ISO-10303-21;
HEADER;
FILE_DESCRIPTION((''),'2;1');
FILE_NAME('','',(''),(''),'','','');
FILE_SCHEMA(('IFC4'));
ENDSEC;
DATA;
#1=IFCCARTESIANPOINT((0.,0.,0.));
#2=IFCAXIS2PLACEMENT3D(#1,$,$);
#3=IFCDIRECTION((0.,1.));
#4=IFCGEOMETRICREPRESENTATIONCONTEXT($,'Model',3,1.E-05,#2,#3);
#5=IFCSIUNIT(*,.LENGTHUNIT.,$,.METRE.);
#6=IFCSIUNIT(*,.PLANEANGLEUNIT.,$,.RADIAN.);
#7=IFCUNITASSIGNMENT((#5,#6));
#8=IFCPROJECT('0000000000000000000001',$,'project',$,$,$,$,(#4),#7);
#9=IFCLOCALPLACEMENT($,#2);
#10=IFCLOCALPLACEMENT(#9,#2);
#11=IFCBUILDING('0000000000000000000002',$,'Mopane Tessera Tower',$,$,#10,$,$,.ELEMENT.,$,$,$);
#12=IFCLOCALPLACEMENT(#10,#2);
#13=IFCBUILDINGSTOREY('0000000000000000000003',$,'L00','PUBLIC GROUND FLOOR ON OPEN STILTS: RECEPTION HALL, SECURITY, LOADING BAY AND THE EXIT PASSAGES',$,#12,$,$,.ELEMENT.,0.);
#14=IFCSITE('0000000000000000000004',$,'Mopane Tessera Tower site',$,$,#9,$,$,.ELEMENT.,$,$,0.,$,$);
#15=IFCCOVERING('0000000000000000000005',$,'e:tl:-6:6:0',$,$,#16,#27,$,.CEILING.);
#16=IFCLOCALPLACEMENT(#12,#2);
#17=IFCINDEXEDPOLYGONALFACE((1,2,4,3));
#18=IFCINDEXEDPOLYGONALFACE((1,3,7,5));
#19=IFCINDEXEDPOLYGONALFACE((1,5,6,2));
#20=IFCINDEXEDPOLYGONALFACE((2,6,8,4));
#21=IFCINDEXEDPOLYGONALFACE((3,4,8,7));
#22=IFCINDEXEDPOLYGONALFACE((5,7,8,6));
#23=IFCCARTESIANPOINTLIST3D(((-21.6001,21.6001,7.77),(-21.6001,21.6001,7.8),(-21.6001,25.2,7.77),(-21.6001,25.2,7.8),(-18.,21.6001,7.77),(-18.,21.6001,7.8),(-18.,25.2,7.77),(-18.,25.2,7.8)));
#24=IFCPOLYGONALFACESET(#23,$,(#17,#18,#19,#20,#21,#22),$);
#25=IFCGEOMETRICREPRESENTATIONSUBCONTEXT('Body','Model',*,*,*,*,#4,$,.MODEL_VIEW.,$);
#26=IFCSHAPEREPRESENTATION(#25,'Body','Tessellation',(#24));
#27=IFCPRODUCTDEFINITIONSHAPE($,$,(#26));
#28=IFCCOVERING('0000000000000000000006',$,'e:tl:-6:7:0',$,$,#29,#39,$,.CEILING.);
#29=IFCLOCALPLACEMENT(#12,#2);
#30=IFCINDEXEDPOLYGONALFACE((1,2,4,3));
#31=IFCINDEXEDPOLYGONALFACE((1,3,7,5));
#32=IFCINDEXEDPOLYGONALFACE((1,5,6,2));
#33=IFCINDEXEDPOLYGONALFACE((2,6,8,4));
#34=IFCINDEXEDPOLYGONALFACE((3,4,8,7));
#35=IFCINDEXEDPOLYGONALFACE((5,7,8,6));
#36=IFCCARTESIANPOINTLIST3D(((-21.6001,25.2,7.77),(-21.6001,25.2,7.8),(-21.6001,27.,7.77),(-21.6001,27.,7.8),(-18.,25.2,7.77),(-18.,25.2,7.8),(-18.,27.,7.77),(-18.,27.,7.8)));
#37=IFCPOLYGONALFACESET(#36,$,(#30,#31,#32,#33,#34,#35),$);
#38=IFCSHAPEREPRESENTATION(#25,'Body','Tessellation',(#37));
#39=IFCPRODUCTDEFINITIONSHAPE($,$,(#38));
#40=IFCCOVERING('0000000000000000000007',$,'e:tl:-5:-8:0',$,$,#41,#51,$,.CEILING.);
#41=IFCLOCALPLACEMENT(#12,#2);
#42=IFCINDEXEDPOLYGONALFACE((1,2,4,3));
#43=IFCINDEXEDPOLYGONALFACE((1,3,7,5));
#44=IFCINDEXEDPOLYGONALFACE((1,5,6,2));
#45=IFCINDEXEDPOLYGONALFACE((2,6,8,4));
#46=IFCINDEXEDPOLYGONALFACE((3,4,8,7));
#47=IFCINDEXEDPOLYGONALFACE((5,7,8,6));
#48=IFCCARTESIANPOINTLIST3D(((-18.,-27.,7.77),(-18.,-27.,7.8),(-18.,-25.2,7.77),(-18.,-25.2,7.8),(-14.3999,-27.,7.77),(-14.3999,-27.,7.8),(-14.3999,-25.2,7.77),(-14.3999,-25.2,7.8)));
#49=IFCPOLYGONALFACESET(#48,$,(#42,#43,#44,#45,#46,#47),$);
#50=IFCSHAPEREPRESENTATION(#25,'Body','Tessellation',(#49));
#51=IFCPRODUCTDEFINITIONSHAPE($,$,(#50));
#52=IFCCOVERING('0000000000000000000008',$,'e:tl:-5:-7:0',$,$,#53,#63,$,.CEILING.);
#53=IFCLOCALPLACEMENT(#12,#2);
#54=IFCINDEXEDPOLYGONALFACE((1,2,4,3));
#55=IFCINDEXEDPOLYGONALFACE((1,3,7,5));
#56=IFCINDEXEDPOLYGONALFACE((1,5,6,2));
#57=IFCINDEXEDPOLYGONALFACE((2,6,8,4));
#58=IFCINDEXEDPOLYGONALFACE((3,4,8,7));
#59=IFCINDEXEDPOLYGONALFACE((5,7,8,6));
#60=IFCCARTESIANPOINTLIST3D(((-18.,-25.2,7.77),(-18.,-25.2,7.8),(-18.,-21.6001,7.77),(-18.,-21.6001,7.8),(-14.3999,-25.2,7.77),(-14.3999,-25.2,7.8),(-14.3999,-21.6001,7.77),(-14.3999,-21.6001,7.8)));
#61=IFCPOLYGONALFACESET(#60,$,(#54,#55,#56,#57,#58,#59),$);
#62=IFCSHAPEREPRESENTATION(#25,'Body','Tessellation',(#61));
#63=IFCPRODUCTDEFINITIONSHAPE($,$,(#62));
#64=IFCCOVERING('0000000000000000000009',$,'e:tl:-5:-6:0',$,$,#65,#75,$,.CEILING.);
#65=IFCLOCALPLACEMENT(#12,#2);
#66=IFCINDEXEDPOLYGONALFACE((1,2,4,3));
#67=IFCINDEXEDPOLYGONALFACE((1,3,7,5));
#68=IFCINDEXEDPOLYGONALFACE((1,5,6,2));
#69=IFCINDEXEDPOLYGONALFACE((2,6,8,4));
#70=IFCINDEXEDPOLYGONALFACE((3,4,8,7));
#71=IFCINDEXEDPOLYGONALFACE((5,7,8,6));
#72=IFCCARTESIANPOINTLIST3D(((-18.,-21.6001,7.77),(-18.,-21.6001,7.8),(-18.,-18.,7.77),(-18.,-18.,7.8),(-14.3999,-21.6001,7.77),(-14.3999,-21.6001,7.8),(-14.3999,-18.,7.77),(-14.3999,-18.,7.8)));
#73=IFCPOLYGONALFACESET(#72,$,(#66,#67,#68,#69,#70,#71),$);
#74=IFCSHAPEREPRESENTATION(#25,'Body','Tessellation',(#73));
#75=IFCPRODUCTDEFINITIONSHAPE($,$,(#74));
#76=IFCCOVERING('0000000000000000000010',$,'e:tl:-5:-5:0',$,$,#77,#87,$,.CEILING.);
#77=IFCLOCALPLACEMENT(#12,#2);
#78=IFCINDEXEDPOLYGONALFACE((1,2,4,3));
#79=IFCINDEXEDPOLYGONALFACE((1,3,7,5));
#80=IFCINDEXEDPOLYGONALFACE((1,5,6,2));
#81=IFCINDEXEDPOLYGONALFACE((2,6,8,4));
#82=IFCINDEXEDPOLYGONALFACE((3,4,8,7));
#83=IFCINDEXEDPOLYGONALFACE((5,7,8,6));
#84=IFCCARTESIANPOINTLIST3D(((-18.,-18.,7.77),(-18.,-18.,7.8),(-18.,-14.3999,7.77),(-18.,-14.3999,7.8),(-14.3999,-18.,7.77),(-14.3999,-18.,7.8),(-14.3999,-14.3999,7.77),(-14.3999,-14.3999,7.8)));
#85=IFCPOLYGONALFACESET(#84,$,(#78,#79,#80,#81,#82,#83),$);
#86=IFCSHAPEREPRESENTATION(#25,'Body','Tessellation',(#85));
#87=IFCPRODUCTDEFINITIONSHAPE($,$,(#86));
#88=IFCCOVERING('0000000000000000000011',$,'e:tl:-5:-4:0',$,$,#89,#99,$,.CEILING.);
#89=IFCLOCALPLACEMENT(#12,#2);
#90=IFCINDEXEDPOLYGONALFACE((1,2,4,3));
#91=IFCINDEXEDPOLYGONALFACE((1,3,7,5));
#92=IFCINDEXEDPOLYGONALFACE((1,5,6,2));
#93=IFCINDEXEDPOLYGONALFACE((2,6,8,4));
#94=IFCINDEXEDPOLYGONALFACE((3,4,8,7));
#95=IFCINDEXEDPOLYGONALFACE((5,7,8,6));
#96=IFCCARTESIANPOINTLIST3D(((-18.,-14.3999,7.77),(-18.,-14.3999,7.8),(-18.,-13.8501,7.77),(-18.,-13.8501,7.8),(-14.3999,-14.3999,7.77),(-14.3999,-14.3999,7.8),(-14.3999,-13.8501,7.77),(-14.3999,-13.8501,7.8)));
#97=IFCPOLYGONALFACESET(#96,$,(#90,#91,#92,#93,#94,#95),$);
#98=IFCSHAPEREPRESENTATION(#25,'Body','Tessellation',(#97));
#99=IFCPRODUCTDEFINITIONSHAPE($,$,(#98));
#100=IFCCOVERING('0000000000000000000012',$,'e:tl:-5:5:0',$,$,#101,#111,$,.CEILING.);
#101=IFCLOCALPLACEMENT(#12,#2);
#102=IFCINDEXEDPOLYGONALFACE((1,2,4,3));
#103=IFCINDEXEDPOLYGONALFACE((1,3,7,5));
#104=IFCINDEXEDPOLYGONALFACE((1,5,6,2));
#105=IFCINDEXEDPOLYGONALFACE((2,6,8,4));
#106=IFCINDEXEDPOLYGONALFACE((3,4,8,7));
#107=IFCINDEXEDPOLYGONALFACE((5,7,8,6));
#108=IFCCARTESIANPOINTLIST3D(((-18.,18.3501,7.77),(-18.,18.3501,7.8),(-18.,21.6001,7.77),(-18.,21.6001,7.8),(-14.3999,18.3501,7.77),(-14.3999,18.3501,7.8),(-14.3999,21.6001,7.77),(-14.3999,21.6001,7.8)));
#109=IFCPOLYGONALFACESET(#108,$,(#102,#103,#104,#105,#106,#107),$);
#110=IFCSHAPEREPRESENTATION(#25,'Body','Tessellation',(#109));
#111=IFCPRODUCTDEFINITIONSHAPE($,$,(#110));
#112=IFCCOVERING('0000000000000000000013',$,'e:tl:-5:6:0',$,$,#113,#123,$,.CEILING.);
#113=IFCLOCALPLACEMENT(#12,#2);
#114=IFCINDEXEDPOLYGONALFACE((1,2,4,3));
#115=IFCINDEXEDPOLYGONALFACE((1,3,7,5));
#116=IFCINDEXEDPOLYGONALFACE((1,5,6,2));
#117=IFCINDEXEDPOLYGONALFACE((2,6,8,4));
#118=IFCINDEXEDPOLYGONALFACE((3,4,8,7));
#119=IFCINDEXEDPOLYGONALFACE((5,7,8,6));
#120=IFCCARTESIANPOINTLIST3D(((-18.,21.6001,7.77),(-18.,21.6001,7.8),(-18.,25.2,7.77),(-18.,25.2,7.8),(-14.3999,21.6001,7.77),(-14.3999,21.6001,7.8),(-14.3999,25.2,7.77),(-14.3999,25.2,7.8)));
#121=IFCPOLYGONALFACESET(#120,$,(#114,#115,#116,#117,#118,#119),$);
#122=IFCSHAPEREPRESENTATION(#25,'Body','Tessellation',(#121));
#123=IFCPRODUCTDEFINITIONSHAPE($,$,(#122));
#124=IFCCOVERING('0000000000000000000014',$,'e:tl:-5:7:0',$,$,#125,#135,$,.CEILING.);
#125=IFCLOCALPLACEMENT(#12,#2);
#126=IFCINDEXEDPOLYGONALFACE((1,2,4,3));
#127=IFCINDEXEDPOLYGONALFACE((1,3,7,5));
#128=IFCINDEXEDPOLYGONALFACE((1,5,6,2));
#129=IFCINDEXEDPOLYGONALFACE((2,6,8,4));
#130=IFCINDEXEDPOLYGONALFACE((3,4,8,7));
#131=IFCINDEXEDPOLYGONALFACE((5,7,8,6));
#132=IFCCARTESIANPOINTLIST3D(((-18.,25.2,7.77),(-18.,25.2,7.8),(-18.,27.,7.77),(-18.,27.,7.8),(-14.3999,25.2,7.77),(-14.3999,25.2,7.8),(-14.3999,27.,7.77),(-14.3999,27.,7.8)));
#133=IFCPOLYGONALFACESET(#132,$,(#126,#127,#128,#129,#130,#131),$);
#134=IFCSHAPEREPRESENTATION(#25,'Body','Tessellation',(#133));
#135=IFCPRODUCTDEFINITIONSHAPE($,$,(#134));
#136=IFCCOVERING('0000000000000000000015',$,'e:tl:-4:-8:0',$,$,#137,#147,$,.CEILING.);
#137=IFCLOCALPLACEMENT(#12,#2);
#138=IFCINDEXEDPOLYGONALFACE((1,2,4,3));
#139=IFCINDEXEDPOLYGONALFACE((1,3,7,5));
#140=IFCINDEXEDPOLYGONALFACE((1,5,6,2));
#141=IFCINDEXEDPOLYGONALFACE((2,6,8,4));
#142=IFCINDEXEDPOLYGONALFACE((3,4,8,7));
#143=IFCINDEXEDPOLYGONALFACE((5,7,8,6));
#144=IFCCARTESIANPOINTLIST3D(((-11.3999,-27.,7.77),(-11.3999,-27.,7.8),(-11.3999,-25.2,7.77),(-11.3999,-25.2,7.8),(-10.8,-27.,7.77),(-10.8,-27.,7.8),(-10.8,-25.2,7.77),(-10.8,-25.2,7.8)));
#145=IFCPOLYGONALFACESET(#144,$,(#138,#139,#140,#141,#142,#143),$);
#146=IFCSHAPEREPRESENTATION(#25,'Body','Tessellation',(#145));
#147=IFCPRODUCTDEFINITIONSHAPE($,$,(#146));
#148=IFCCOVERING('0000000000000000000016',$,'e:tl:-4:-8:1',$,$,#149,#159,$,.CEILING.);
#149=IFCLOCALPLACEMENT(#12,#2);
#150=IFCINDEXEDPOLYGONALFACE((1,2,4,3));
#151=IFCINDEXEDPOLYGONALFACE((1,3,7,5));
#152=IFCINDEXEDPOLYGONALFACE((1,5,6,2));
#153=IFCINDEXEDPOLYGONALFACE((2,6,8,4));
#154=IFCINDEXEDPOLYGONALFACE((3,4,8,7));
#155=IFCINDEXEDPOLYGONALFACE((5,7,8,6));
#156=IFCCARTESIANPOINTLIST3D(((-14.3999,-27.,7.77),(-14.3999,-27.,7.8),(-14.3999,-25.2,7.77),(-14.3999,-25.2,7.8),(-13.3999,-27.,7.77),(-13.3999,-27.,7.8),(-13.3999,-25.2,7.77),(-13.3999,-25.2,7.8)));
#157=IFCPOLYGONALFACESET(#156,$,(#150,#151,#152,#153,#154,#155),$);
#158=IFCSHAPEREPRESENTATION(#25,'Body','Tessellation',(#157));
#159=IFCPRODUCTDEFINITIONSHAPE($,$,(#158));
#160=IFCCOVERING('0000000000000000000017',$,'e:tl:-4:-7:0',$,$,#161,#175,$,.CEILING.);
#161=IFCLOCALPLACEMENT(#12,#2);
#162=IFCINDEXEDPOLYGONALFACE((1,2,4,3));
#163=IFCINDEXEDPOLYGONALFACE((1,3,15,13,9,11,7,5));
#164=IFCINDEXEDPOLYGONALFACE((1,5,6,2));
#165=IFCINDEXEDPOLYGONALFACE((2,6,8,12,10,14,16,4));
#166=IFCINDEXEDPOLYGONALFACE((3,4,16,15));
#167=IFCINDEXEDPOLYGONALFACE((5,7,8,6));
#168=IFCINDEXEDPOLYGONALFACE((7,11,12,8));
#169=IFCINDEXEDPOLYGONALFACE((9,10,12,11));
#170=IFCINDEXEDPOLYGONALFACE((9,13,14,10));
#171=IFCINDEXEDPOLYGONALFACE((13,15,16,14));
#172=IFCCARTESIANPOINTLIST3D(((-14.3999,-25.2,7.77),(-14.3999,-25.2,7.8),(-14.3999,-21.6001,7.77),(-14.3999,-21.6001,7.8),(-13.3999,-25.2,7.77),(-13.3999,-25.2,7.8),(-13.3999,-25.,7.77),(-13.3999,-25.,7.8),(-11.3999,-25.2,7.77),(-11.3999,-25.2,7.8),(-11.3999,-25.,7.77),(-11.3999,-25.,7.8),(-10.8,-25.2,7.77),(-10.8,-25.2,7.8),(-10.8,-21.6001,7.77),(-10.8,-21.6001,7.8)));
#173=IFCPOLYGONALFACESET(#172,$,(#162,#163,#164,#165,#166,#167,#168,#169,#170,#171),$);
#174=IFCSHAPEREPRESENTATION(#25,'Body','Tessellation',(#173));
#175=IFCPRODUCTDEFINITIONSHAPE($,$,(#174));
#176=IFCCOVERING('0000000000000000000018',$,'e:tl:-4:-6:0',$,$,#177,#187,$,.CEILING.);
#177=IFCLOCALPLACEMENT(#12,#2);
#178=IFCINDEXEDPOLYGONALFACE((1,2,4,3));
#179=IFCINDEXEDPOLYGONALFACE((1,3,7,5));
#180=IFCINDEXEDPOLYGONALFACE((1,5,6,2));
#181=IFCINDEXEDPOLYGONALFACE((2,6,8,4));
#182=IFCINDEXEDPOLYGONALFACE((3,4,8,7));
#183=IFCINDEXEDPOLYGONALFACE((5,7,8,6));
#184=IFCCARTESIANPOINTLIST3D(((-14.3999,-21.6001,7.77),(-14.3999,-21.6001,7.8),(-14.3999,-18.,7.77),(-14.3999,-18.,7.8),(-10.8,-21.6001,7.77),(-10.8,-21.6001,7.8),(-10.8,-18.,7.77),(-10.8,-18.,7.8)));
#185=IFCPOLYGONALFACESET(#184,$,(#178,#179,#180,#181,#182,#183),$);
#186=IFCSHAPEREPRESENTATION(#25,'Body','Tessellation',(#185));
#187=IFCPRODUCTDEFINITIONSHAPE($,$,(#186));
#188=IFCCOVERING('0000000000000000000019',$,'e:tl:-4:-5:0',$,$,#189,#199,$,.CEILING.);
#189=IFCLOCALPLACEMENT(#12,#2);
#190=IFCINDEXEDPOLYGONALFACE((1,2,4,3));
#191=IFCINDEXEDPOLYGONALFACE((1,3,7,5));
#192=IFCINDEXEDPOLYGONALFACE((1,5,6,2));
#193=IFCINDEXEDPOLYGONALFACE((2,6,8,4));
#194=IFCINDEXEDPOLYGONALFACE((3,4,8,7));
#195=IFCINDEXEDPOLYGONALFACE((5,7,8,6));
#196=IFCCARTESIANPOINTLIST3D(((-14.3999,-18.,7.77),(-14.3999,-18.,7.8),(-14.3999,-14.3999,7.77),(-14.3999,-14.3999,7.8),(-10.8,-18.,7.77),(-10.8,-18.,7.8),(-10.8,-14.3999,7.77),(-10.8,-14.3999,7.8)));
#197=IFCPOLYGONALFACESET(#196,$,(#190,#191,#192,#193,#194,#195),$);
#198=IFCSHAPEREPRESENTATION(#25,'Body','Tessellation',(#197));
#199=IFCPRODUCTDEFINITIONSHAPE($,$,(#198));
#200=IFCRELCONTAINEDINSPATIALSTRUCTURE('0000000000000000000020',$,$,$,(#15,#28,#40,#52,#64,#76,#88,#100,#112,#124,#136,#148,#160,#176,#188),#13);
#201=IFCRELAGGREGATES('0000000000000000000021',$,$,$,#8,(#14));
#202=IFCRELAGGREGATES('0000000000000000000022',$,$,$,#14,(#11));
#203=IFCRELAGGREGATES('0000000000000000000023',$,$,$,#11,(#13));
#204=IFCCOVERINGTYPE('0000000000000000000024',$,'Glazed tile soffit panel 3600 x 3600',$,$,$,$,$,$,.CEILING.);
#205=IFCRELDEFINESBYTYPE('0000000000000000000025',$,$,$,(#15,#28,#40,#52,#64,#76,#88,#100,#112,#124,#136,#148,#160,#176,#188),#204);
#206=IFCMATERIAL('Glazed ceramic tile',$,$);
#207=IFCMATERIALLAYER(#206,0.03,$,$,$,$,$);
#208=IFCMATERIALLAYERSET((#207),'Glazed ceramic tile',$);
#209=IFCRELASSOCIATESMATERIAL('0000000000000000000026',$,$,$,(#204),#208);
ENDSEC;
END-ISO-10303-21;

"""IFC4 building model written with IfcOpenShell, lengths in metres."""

from ifc_helpers import new_model, si_unit, direction, frame, origin, place, context, subcontext, project, spatial, polyline, outline, extrude, material, layer, layer_set, type_object, element, save


model = new_model("IFC4")

# Units and contexts
model_context = context("Model", 3, precision=1e-05, world=origin(), true_north=direction((0.0, 1.0)))
body_context = subcontext(model_context, "Body", "Model", "MODEL_VIEW")
ifc_project = project(units=[si_unit("LENGTHUNIT", "METRE"), si_unit("PLANEANGLEUNIT", "RADIAN")], contexts=[model_context])

# Site, building, storey
site_placement = place(None, origin())
site = spatial("IfcSite", under=ifc_project, at=site_placement, Name="Mopane Tessera Tower site", CompositionType="ELEMENT", RefElevation=0.0)
building_placement = place(site_placement, origin())
building = spatial("IfcBuilding", under=site, at=building_placement, Name="Mopane Tessera Tower", CompositionType="ELEMENT")
storey_placement = place(building_placement, origin())
storey = spatial("IfcBuildingStorey", under=building, at=storey_placement, Name="L00", Description="PUBLIC GROUND FLOOR ON OPEN STILTS: RECEPTION HALL, SECURITY, LOADING BAY AND THE EXIT PASSAGES", CompositionType="ELEMENT", Elevation=0.0)

# Coverings
ifc_material = material(Name="Glazed ceramic tile")
ifc_layer = layer(ifc_material, 0.03)
ifc_layer_set = layer_set([ifc_layer], Name="Glazed ceramic tile")
covering_type = type_object("IfcCoveringType", Name="Glazed tile soffit panel 3600 x 3600", PredefinedType="CEILING", material=ifc_layer_set)
covering_1_placement = place(storey_placement, frame((0.0, 0.0, 7.77)))
element("IfcCovering", 1, at=covering_1_placement, inside=storey, type_object=covering_type, Name="e:tl:-6:6:0", PredefinedType="CEILING", context=body_context, shape_type="SweptSolid", body=[
    extrude(outline(polyline([(-21.6001, 21.6001), (-21.6001, 25.2), (-18.0, 25.2), (-18.0, 21.6001), (-21.6001, 21.6001)])), origin(), (0.0, 0.0, 1.0), 0.03),
])
covering_2_placement = place(storey_placement, frame((0.0, 0.0, 7.77)))
element("IfcCovering", 2, at=covering_2_placement, inside=storey, type_object=covering_type, Name="e:tl:-6:7:0", PredefinedType="CEILING", context=body_context, shape_type="SweptSolid", body=[
    extrude(outline(polyline([(-18.0, 27.0), (-18.0, 25.2), (-21.6001, 25.2), (-21.6001, 27.0), (-18.0, 27.0)])), origin(), (0.0, 0.0, 1.0), 0.03),
])
covering_3_placement = place(storey_placement, frame((0.0, 0.0, 7.77)))
element("IfcCovering", 3, at=covering_3_placement, inside=storey, type_object=covering_type, Name="e:tl:-5:-8:0", PredefinedType="CEILING", context=body_context, shape_type="SweptSolid", body=[
    extrude(outline(polyline([(-18.0, -27.0), (-18.0, -25.2), (-14.3999, -25.2), (-14.3999, -27.0), (-18.0, -27.0)])), origin(), (0.0, 0.0, 1.0), 0.03),
])
covering_4_placement = place(storey_placement, frame((0.0, 0.0, 7.77)))
element("IfcCovering", 4, at=covering_4_placement, inside=storey, type_object=covering_type, Name="e:tl:-5:-7:0", PredefinedType="CEILING", context=body_context, shape_type="SweptSolid", body=[
    extrude(outline(polyline([(-18.0, -25.2), (-18.0, -21.6001), (-14.3999, -21.6001), (-14.3999, -25.2), (-18.0, -25.2)])), origin(), (0.0, 0.0, 1.0), 0.03),
])
covering_5_placement = place(storey_placement, frame((0.0, 0.0, 7.77)))
element("IfcCovering", 5, at=covering_5_placement, inside=storey, type_object=covering_type, Name="e:tl:-5:-6:0", PredefinedType="CEILING", context=body_context, shape_type="SweptSolid", body=[
    extrude(outline(polyline([(-18.0, -21.6001), (-18.0, -18.0), (-14.3999, -18.0), (-14.3999, -21.6001), (-18.0, -21.6001)])), origin(), (0.0, 0.0, 1.0), 0.03),
])
covering_6_placement = place(storey_placement, frame((0.0, 0.0, 7.77)))
element("IfcCovering", 6, at=covering_6_placement, inside=storey, type_object=covering_type, Name="e:tl:-5:-5:0", PredefinedType="CEILING", context=body_context, shape_type="SweptSolid", body=[
    extrude(outline(polyline([(-18.0, -18.0), (-18.0, -14.3999), (-14.3999, -14.3999), (-14.3999, -18.0), (-18.0, -18.0)])), origin(), (0.0, 0.0, 1.0), 0.03),
])
covering_7_placement = place(storey_placement, frame((0.0, 0.0, 7.77)))
element("IfcCovering", 7, at=covering_7_placement, inside=storey, type_object=covering_type, Name="e:tl:-5:-4:0", PredefinedType="CEILING", context=body_context, shape_type="SweptSolid", body=[
    extrude(outline(polyline([(-14.3999, -13.8501), (-14.3999, -14.3999), (-18.0, -14.3999), (-18.0, -13.8501), (-14.3999, -13.8501)])), origin(), (0.0, 0.0, 1.0), 0.03),
])
covering_8_placement = place(storey_placement, frame((0.0, 0.0, 7.77)))
element("IfcCovering", 8, at=covering_8_placement, inside=storey, type_object=covering_type, Name="e:tl:-5:5:0", PredefinedType="CEILING", context=body_context, shape_type="SweptSolid", body=[
    extrude(outline(polyline([(-18.0, 18.3501), (-18.0, 21.6001), (-14.3999, 21.6001), (-14.3999, 18.3501), (-18.0, 18.3501)])), origin(), (0.0, 0.0, 1.0), 0.03),
])
covering_9_placement = place(storey_placement, frame((0.0, 0.0, 7.77)))
element("IfcCovering", 9, at=covering_9_placement, inside=storey, type_object=covering_type, Name="e:tl:-5:6:0", PredefinedType="CEILING", context=body_context, shape_type="SweptSolid", body=[
    extrude(outline(polyline([(-18.0, 21.6001), (-18.0, 25.2), (-14.3999, 25.2), (-14.3999, 21.6001), (-18.0, 21.6001)])), origin(), (0.0, 0.0, 1.0), 0.03),
])
covering_10_placement = place(storey_placement, frame((0.0, 0.0, 7.77)))
element("IfcCovering", 10, at=covering_10_placement, inside=storey, type_object=covering_type, Name="e:tl:-5:7:0", PredefinedType="CEILING", context=body_context, shape_type="SweptSolid", body=[
    extrude(outline(polyline([(-14.3999, 27.0), (-14.3999, 25.2), (-18.0, 25.2), (-18.0, 27.0), (-14.3999, 27.0)])), origin(), (0.0, 0.0, 1.0), 0.03),
])
covering_11_placement = place(storey_placement, frame((0.0, 0.0, 7.77)))
element("IfcCovering", 11, at=covering_11_placement, inside=storey, type_object=covering_type, Name="e:tl:-4:-8:0", PredefinedType="CEILING", context=body_context, shape_type="SweptSolid", body=[
    extrude(outline(polyline([(-11.3999, -27.0), (-11.3999, -25.2), (-10.8, -25.2), (-10.8, -27.0), (-11.3999, -27.0)])), origin(), (0.0, 0.0, 1.0), 0.03),
])
covering_12_placement = place(storey_placement, frame((0.0, 0.0, 7.77)))
element("IfcCovering", 12, at=covering_12_placement, inside=storey, type_object=covering_type, Name="e:tl:-4:-8:1", PredefinedType="CEILING", context=body_context, shape_type="SweptSolid", body=[
    extrude(outline(polyline([(-13.3999, -27.0), (-14.3999, -27.0), (-14.3999, -25.2), (-13.3999, -25.2), (-13.3999, -27.0)])), origin(), (0.0, 0.0, 1.0), 0.03),
])
covering_13_placement = place(storey_placement, frame((0.0, 0.0, 7.77)))
element("IfcCovering", 13, at=covering_13_placement, inside=storey, type_object=covering_type, Name="e:tl:-4:-7:0", PredefinedType="CEILING", context=body_context, shape_type="SweptSolid", body=[
    extrude(outline(polyline([(-11.3999, -25.0), (-13.3999, -25.0), (-13.3999, -25.2), (-14.3999, -25.2), (-14.3999, -21.6001), (-10.8, -21.6001), (-10.8, -25.2), (-11.3999, -25.2), (-11.3999, -25.0)])), origin(), (0.0, 0.0, 1.0), 0.03),
])
covering_14_placement = place(storey_placement, frame((0.0, 0.0, 7.77)))
element("IfcCovering", 14, at=covering_14_placement, inside=storey, type_object=covering_type, Name="e:tl:-4:-6:0", PredefinedType="CEILING", context=body_context, shape_type="SweptSolid", body=[
    extrude(outline(polyline([(-14.3999, -21.6001), (-14.3999, -18.0), (-10.8, -18.0), (-10.8, -21.6001), (-14.3999, -21.6001)])), origin(), (0.0, 0.0, 1.0), 0.03),
])
covering_15_placement = place(storey_placement, frame((0.0, 0.0, 7.77)))
element("IfcCovering", 15, at=covering_15_placement, inside=storey, type_object=covering_type, Name="e:tl:-4:-5:0", PredefinedType="CEILING", context=body_context, shape_type="SweptSolid", body=[
    extrude(outline(polyline([(-14.3999, -18.0), (-14.3999, -14.3999), (-10.8, -14.3999), (-10.8, -18.0), (-14.3999, -18.0)])), origin(), (0.0, 0.0, 1.0), 0.03),
])

save(model, "model.ifc")
